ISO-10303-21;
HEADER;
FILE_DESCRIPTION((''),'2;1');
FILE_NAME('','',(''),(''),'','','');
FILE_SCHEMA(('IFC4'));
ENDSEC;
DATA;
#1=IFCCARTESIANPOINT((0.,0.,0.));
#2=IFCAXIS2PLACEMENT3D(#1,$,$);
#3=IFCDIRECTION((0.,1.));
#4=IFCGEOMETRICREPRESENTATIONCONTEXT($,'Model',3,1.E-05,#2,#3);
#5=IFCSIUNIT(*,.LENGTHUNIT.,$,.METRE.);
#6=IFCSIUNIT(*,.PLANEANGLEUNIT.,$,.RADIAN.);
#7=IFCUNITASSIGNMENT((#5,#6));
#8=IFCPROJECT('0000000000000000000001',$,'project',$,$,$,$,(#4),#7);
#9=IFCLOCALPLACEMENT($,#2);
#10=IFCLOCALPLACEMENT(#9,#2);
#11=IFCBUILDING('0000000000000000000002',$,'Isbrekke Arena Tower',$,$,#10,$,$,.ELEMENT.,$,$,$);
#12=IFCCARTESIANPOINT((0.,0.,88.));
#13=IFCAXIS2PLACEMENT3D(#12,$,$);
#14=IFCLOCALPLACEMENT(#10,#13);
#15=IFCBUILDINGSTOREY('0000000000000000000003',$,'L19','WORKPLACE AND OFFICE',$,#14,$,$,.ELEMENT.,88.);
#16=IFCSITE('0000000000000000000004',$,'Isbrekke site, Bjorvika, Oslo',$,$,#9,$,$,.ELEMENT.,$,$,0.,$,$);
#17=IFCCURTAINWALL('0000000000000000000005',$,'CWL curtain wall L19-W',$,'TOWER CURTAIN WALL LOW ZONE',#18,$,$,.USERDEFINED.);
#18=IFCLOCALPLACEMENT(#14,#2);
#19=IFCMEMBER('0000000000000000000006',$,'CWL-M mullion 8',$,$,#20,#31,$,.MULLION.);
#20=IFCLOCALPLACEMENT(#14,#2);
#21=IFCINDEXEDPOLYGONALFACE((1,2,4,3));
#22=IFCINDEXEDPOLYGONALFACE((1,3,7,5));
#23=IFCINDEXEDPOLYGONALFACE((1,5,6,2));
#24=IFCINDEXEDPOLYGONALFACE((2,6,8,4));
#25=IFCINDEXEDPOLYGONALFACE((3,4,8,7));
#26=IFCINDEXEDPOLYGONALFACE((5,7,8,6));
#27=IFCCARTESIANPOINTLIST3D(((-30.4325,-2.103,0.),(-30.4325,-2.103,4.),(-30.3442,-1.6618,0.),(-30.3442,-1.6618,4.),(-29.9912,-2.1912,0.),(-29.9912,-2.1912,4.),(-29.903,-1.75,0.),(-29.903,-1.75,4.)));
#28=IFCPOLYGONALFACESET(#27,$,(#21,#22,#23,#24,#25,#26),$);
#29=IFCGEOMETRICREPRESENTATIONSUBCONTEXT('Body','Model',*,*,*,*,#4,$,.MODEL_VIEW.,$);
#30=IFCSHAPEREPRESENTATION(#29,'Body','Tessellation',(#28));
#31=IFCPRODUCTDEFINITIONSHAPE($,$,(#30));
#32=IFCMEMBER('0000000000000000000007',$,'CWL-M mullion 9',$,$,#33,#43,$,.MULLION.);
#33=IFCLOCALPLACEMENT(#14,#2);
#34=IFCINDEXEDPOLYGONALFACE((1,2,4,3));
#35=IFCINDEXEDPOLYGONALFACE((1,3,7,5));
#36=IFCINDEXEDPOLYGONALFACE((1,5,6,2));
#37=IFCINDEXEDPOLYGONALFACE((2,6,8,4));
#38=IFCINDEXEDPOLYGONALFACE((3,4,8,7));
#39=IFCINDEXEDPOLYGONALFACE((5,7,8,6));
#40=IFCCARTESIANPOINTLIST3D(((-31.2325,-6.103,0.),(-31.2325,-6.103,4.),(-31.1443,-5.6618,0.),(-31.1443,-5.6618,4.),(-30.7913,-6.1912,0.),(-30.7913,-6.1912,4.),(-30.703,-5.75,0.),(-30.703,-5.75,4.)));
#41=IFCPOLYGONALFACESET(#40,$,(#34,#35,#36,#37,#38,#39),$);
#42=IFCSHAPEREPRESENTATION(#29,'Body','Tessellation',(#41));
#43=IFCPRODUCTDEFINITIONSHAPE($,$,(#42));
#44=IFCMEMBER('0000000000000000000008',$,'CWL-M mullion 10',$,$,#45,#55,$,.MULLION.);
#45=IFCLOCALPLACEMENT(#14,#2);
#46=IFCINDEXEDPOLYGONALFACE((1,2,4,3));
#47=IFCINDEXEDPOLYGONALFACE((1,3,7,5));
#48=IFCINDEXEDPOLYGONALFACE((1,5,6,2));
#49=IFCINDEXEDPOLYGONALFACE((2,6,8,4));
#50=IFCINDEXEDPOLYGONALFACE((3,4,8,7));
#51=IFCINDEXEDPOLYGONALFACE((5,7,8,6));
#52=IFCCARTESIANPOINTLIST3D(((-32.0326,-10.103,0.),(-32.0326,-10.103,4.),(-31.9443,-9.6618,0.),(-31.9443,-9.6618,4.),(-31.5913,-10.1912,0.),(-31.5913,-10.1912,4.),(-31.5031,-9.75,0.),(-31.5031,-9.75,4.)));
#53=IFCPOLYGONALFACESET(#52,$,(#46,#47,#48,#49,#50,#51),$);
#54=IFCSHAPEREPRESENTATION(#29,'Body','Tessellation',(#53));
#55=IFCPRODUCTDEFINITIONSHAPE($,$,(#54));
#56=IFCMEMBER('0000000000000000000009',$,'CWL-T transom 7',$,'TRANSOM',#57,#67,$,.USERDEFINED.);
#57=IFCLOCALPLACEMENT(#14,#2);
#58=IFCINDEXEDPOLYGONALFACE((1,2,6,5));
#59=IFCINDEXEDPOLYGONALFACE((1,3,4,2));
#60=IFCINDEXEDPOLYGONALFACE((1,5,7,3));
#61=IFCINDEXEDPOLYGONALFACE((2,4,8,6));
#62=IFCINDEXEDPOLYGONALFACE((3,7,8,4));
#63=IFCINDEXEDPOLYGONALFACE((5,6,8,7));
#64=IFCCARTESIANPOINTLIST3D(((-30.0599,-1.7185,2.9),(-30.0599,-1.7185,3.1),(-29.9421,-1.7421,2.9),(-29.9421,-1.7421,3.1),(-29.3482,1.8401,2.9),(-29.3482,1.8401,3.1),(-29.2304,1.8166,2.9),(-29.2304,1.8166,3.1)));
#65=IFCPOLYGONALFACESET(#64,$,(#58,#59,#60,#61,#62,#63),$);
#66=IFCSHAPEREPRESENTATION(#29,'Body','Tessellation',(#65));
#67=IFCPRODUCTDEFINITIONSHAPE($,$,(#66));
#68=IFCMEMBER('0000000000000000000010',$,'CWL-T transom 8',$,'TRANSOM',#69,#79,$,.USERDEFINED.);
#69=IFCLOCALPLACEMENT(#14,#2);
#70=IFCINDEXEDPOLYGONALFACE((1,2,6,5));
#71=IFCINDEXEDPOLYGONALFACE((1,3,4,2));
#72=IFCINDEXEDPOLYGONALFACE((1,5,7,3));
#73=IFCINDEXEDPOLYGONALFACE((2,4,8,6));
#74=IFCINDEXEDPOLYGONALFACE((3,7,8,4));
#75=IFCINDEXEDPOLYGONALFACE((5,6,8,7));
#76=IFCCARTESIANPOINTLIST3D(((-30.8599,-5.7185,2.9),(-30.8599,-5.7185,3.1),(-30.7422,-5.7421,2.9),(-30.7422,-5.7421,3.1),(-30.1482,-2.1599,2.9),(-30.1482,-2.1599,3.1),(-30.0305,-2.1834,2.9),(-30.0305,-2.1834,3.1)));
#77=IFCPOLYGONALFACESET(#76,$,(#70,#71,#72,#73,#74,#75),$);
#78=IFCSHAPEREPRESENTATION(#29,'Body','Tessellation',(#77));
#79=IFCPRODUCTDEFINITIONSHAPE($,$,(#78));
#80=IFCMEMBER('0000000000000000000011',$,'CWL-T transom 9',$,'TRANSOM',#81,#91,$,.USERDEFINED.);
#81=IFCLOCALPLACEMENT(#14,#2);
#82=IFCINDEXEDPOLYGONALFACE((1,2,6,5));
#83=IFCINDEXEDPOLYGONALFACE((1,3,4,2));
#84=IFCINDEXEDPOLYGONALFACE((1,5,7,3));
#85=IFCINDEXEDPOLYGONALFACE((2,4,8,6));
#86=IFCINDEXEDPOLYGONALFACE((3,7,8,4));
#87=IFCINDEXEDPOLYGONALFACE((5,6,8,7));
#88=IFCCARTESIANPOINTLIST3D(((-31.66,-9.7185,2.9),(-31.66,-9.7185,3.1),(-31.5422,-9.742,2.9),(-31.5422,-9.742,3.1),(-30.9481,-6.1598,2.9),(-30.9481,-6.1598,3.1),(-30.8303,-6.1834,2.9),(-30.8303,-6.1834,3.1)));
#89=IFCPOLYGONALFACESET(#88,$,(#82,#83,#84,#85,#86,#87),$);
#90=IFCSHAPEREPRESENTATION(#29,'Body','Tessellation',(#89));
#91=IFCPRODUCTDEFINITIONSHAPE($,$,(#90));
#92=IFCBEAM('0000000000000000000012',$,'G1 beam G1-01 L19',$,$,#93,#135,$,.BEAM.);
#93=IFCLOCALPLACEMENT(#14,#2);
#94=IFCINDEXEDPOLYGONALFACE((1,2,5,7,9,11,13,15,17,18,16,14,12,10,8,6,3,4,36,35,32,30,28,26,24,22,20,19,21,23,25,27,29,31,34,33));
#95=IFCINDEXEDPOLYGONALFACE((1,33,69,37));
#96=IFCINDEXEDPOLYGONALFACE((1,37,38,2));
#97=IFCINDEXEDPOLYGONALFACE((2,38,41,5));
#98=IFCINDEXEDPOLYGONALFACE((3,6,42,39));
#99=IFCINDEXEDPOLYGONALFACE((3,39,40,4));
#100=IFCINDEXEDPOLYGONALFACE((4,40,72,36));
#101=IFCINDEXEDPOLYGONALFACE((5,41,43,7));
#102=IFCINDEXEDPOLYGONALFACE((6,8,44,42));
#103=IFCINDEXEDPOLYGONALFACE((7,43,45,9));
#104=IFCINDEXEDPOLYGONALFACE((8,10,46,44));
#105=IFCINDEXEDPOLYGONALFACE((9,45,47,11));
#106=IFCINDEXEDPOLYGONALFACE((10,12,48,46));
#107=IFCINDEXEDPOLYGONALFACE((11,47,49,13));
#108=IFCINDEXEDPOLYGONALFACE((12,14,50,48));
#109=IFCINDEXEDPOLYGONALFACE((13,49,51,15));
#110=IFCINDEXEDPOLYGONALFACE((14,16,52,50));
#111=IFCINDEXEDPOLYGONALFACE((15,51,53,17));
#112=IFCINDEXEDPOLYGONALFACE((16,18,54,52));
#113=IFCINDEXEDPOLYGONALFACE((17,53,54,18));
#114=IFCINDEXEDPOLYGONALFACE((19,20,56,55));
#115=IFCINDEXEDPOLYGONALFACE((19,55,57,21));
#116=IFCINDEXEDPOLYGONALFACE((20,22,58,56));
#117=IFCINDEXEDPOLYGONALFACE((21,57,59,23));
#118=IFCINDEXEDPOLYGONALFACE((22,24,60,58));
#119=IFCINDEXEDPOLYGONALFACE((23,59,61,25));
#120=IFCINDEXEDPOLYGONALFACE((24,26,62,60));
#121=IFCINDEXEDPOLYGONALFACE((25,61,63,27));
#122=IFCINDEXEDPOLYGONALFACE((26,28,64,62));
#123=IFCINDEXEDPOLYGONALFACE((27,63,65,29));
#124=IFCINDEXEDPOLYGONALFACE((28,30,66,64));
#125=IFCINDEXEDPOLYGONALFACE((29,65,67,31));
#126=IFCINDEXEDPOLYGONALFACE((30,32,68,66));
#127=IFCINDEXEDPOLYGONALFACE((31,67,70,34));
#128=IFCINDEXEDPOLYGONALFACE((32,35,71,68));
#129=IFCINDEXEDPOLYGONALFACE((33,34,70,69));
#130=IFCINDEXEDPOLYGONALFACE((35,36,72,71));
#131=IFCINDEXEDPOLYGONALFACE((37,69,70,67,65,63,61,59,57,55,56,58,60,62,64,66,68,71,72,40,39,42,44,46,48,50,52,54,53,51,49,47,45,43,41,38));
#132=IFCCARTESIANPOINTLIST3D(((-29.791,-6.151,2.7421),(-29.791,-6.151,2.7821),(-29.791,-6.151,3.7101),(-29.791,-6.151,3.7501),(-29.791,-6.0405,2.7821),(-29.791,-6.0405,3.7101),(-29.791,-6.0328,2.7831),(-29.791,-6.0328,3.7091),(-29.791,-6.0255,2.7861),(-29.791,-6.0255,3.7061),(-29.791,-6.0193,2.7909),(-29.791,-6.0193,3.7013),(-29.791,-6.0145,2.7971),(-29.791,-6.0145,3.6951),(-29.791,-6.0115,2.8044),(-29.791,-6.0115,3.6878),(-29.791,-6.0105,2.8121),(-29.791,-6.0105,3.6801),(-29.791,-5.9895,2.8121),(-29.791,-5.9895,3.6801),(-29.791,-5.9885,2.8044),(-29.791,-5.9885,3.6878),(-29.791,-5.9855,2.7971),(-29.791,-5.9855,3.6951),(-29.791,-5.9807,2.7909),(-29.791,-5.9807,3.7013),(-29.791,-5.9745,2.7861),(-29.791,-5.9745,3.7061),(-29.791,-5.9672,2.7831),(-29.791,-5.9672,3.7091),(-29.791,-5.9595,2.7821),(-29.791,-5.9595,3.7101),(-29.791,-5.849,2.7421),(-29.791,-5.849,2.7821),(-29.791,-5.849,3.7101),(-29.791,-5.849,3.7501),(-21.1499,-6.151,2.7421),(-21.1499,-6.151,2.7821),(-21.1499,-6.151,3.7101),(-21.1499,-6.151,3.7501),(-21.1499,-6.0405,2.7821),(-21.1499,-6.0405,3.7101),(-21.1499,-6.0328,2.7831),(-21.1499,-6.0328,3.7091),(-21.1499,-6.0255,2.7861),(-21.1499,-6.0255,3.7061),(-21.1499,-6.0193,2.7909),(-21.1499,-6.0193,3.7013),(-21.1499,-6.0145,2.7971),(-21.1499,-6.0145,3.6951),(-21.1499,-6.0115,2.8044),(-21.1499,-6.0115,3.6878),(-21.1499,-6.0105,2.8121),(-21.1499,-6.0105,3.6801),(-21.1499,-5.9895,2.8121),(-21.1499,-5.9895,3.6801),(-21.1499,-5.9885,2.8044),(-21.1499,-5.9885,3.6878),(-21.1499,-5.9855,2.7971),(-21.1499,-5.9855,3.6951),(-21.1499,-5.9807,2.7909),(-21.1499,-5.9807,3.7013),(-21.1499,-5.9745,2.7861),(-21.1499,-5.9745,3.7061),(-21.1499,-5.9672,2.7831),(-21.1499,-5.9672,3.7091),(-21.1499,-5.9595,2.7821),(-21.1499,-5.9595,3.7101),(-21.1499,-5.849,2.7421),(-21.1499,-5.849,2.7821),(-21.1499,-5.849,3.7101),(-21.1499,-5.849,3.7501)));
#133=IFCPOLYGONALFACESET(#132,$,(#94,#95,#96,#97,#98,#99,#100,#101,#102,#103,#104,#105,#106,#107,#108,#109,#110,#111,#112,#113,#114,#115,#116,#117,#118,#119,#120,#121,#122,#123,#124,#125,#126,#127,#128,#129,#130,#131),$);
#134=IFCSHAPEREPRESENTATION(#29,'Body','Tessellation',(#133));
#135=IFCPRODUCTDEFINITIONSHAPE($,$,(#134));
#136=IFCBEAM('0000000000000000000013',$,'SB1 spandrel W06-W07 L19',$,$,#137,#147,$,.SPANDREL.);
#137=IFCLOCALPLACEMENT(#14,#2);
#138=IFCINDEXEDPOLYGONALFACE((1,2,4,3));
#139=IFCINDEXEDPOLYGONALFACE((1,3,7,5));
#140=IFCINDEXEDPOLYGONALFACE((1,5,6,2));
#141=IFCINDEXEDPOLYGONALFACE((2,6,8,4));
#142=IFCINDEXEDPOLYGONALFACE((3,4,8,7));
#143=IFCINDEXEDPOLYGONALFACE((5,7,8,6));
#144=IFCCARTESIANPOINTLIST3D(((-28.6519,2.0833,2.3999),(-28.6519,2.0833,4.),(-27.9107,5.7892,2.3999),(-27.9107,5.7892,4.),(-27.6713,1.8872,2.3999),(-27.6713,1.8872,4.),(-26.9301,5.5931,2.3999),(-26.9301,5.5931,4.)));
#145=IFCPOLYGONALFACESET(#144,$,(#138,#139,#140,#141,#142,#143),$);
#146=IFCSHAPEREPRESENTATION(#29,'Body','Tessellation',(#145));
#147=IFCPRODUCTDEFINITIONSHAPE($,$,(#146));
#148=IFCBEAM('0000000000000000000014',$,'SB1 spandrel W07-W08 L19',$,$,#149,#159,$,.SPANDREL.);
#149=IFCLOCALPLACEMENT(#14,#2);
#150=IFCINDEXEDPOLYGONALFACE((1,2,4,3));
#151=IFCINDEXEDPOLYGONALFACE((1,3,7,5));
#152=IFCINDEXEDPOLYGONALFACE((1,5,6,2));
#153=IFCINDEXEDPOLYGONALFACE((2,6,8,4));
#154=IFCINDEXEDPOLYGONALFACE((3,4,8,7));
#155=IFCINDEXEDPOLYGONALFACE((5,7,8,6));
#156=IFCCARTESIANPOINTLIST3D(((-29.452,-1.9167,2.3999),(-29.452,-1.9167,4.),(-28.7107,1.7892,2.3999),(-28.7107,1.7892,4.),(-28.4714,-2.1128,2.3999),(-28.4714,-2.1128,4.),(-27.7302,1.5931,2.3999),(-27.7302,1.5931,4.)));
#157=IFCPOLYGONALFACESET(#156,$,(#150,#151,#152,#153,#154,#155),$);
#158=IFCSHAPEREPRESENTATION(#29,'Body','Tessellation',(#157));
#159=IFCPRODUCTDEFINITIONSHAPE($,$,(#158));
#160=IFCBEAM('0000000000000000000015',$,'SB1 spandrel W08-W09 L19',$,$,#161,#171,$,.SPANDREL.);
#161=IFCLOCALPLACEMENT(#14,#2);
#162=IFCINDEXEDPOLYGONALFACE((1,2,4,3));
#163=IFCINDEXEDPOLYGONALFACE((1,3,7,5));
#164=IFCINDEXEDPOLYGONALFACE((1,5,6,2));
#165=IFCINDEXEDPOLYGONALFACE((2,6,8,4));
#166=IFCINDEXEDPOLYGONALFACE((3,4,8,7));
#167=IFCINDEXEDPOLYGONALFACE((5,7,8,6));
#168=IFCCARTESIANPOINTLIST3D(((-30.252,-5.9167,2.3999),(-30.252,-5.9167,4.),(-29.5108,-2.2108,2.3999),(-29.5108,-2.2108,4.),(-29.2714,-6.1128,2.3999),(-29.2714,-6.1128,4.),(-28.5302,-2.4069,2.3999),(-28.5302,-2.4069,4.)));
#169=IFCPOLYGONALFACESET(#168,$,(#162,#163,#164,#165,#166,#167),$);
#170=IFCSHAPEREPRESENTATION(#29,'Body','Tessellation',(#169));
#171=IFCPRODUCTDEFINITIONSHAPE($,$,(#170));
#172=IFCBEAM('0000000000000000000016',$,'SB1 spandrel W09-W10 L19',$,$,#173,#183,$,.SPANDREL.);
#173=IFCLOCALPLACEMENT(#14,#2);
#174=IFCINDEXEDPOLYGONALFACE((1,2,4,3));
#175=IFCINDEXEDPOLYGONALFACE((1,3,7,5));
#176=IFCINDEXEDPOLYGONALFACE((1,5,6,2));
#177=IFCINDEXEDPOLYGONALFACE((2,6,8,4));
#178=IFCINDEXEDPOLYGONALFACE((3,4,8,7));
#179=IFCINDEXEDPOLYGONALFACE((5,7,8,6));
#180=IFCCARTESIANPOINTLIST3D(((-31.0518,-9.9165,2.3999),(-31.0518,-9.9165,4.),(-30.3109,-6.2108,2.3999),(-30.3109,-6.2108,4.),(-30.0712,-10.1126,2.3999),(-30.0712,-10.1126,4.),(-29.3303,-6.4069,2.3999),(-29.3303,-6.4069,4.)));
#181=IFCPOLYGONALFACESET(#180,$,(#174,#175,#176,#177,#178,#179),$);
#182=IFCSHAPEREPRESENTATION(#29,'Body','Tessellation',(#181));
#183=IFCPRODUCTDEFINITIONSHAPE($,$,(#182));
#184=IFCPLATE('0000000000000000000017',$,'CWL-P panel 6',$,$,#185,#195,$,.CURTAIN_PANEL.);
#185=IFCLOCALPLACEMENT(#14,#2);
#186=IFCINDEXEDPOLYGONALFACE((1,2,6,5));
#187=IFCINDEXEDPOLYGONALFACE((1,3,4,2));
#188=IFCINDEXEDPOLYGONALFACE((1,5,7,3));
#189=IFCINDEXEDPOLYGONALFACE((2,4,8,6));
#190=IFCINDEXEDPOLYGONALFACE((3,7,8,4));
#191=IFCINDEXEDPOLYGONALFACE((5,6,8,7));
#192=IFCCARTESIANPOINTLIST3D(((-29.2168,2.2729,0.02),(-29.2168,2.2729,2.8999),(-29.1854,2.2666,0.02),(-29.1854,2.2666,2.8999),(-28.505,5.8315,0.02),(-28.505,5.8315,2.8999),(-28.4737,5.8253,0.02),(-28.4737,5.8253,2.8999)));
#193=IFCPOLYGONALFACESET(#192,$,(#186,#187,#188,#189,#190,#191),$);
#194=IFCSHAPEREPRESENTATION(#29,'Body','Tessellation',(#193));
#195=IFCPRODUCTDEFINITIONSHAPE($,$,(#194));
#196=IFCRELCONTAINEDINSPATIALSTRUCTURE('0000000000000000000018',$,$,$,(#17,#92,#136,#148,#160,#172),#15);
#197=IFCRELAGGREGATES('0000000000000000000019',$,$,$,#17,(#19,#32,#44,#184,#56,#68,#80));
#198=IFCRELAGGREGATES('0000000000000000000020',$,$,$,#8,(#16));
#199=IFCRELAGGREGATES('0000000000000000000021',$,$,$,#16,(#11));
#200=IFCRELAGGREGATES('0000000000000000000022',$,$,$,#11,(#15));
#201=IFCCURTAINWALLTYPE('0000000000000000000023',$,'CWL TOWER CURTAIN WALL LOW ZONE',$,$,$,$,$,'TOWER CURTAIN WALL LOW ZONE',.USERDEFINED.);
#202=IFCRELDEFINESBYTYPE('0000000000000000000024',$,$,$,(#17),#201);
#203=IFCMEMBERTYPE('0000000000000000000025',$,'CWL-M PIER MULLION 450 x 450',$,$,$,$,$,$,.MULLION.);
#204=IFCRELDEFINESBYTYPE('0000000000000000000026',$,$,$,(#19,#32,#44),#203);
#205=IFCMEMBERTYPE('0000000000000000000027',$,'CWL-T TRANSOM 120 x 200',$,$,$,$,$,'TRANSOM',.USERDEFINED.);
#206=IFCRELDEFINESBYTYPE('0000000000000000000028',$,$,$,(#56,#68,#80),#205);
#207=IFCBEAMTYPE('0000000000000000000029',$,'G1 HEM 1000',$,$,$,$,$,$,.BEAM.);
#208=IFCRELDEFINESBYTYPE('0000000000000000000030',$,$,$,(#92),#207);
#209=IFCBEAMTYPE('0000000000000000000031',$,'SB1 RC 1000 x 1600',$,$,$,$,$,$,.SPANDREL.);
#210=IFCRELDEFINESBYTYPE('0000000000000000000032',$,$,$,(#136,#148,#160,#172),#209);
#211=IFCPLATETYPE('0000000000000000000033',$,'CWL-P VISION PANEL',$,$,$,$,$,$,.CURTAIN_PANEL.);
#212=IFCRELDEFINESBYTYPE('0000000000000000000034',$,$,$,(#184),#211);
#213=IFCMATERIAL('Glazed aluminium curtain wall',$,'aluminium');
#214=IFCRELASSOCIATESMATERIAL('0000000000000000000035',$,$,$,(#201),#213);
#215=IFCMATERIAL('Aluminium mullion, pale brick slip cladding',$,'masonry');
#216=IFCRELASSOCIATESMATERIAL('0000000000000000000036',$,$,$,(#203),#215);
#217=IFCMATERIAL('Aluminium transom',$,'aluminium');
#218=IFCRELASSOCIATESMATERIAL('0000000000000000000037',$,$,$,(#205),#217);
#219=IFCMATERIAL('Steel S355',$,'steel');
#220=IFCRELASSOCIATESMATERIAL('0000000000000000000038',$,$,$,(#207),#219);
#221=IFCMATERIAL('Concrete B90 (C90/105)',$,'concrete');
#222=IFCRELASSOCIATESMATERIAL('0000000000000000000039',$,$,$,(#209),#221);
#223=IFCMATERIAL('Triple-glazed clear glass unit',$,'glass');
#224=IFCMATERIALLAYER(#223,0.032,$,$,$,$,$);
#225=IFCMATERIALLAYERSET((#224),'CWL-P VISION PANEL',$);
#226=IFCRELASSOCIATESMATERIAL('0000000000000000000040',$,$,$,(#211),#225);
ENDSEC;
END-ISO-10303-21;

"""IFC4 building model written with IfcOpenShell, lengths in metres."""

from ifc_helpers import new_model, si_unit, direction, frame, origin, origin_2d, place, context, subcontext, project, spatial, rectangle, i_section, extrude, material, layer, layer_set, material_profile, profile_set, type_object, element, aggregate, save


model = new_model("IFC4")

# Units and contexts
model_context = context("Model", 3, precision=1e-05, world=origin(), true_north=direction((0.0, 1.0)))
body_context = subcontext(model_context, "Body", "Model", "MODEL_VIEW")
ifc_project = project(units=[si_unit("LENGTHUNIT", "METRE"), si_unit("PLANEANGLEUNIT", "RADIAN")], contexts=[model_context])

# Site, building, storey
site_placement = place(None, origin())
site = spatial("IfcSite", under=ifc_project, at=site_placement, Name="Isbrekke site, Bjorvika, Oslo", CompositionType="ELEMENT", RefElevation=0.0)
building_placement = place(site_placement, origin())
building = spatial("IfcBuilding", under=site, at=building_placement, Name="Isbrekke Arena Tower", CompositionType="ELEMENT")
storey_placement = place(building_placement, frame((0.0, 0.0, 88.0)))
storey = spatial("IfcBuildingStorey", under=building, at=storey_placement, Name="L19", Description="WORKPLACE AND OFFICE", CompositionType="ELEMENT", Elevation=88.0)

# Curtain wall, members
ifc_material_1 = material(Name="Glazed aluminium curtain wall", Category="aluminium")
curtain_wall_type = type_object("IfcCurtainWallType", Name="CWL TOWER CURTAIN WALL LOW ZONE", ElementType="TOWER CURTAIN WALL LOW ZONE", PredefinedType="USERDEFINED", material=ifc_material_1)
curtain_wall_placement = place(storey_placement, origin())
curtain_wall = element("IfcCurtainWall", 1, at=curtain_wall_placement, inside=storey, type_object=curtain_wall_type, Name="CWL curtain wall L19-W", ObjectType="TOWER CURTAIN WALL LOW ZONE", PredefinedType="USERDEFINED")
ifc_material_2 = material(Name="Aluminium mullion, pale brick slip cladding", Category="masonry")
ifc_material_profile_1 = material_profile(ifc_material_2, rectangle(XDim=0.45, YDim=0.45, at=origin_2d()), Name="PIER 450X450")
ifc_profile_set_1 = profile_set([ifc_material_profile_1], Name="Aluminium mullion, pale brick slip cladding")
member_type_1 = type_object("IfcMemberType", Name="CWL-M PIER MULLION 450 x 450", PredefinedType="MULLION", material=ifc_profile_set_1)
member_1_placement = place(storey_placement, frame((-30.1677, -1.9265, 0.0), z_axis=(0.0, 0.0, 1.0), x_axis=(-0.196116, -0.980581, 0.0)))
member_1 = element("IfcMember", 2, at=member_1_placement, type_object=member_type_1, Name="CWL-M mullion 8", PredefinedType="MULLION", context=body_context, shape_type="SweptSolid", body=[
    extrude(rectangle(XDim=0.45, YDim=0.45, at=origin_2d()), origin(), (0.0, 0.0, 1.0), 4.0),
])
member_2_placement = place(storey_placement, frame((-30.9678, -5.9265, 0.0), z_axis=(0.0, 0.0, 1.0), x_axis=(-0.196116, -0.980581, 0.0)))
member_2 = element("IfcMember", 3, at=member_2_placement, type_object=member_type_1, Name="CWL-M mullion 9", PredefinedType="MULLION", context=body_context, shape_type="SweptSolid", body=[
    extrude(rectangle(XDim=0.45, YDim=0.45, at=origin_2d()), origin(), (0.0, 0.0, 1.0), 4.0),
])
member_3_placement = place(storey_placement, frame((-31.7678, -9.9265, 0.0), z_axis=(0.0, 0.0, 1.0), x_axis=(-0.196116, -0.980581, 0.0)))
member_3 = element("IfcMember", 4, at=member_3_placement, type_object=member_type_1, Name="CWL-M mullion 10", PredefinedType="MULLION", context=body_context, shape_type="SweptSolid", body=[
    extrude(rectangle(XDim=0.45, YDim=0.45, at=origin_2d()), origin(), (0.0, 0.0, 1.0), 4.0),
])
ifc_material_3 = material(Name="Aluminium transom", Category="aluminium")
ifc_material_profile_2 = material_profile(ifc_material_3, rectangle(XDim=0.1201, YDim=0.2, at=origin_2d()), Name="TRANSOM 120X200")
ifc_profile_set_2 = profile_set([ifc_material_profile_2], Name="Aluminium transom")
member_type_2 = type_object("IfcMemberType", Name="CWL-T TRANSOM 120 x 200", ElementType="TRANSOM", PredefinedType="USERDEFINED", material=ifc_profile_set_2)
member_4_placement = place(storey_placement, frame((-29.2893, 1.8284, 3.0), z_axis=(-0.196103, -0.980583, 0.0), x_axis=(0.980583, -0.196103, 0.0)))
member_4 = element("IfcMember", 5, at=member_4_placement, type_object=member_type_2, Name="CWL-T transom 7", ObjectType="TRANSOM", PredefinedType="USERDEFINED", context=body_context, shape_type="SweptSolid", body=[
    extrude(rectangle(XDim=0.1201, YDim=0.2, at=origin_2d()), origin(), (0.0, 0.0, 1.0), 3.6292),
])
member_5_placement = place(storey_placement, frame((-30.0894, -2.1716, 3.0), z_axis=(-0.196103, -0.980583, 0.0), x_axis=(0.980583, -0.196103, 0.0)))
member_5 = element("IfcMember", 6, at=member_5_placement, type_object=member_type_2, Name="CWL-T transom 8", ObjectType="TRANSOM", PredefinedType="USERDEFINED", context=body_context, shape_type="SweptSolid", body=[
    extrude(rectangle(XDim=0.1201, YDim=0.2, at=origin_2d()), origin(), (0.0, 0.0, 1.0), 3.6292),
])
member_6_placement = place(storey_placement, frame((-30.8892, -6.1716, 3.0), z_axis=(-0.196168, -0.98057, 0.0), x_axis=(0.98057, -0.196168, 0.0)))
member_6 = element("IfcMember", 7, at=member_6_placement, type_object=member_type_2, Name="CWL-T transom 9", ObjectType="TRANSOM", PredefinedType="USERDEFINED", context=body_context, shape_type="SweptSolid", body=[
    extrude(rectangle(XDim=0.1201, YDim=0.2, at=origin_2d()), origin(), (0.0, 0.0, 1.0), 3.6292),
])

# Beams
ifc_material_4 = material(Name="Steel S355", Category="steel")
ifc_material_profile_3 = material_profile(ifc_material_4, i_section(OverallWidth=0.302, OverallDepth=1.0081, WebThickness=0.021, FlangeThickness=0.04, FilletRadius=0.03, at=origin_2d()), Name="HEM 1000")
ifc_profile_set_3 = profile_set([ifc_material_profile_3], Name="Steel S355")
beam_type_1 = type_object("IfcBeamType", Name="G1 HEM 1000", PredefinedType="BEAM", material=ifc_profile_set_3)
beam_1_placement = place(storey_placement, frame((-29.791, -6.0, 3.2461), z_axis=(1.0, 0.0, 0.0), x_axis=(0.0, 1.0, 0.0)))
element("IfcBeam", 8, at=beam_1_placement, inside=storey, type_object=beam_type_1, Name="G1 beam G1-01 L19", PredefinedType="BEAM", context=body_context, shape_type="SweptSolid", body=[
    extrude(i_section(OverallWidth=0.302, OverallDepth=1.0081, WebThickness=0.021, FlangeThickness=0.04, FilletRadius=0.03, at=origin_2d()), origin(), (0.0, 0.0, 1.0), 8.6411),
])
ifc_material_5 = material(Name="Concrete B90 (C90/105)", Category="concrete")
ifc_material_profile_4 = material_profile(ifc_material_5, rectangle(XDim=1.0, YDim=1.6001, at=origin_2d()), Name="RC 1000x1600")
ifc_profile_set_4 = profile_set([ifc_material_profile_4], Name="Concrete B90 (C90/105)")
beam_type_2 = type_object("IfcBeamType", Name="SB1 RC 1000 x 1600", PredefinedType="SPANDREL", material=ifc_profile_set_4)
for number, where, z_axis, x_axis, name in (
    (9, (-27.4204, 5.6912, 3.2), (-0.196129, -0.980578, 0.0), (0.980578, -0.196129, 0.0), "SB1 spandrel W06-W07 L19"),
    (10, (-28.2205, 1.6912, 3.2), (-0.196129, -0.980578, 0.0), (0.980578, -0.196129, 0.0), "SB1 spandrel W07-W08 L19"),
    (11, (-29.0205, -2.3088, 3.2), (-0.196129, -0.980578, 0.0), (0.980578, -0.196129, 0.0), "SB1 spandrel W08-W09 L19"),
):
    element("IfcBeam", number, at=place(storey_placement, frame(where, z_axis=z_axis, x_axis=x_axis)), inside=storey, type_object=beam_type_2, Name=name, PredefinedType="SPANDREL", context=body_context, shape_type="SweptSolid", body=[
        extrude(rectangle(XDim=1.0, YDim=1.6001, at=origin_2d()), origin(), (0.0, 0.0, 1.0), 3.7793),
    ])
beam_2_placement = place(storey_placement, frame((-29.8206, -6.3088, 3.2), z_axis=(-0.196066, -0.980591, 0.0), x_axis=(0.980591, -0.196066, 0.0)))
element("IfcBeam", 12, at=beam_2_placement, inside=storey, type_object=beam_type_2, Name="SB1 spandrel W09-W10 L19", PredefinedType="SPANDREL", context=body_context, shape_type="SweptSolid", body=[
    extrude(rectangle(XDim=1.0, YDim=1.6001, at=origin_2d()), origin(), (0.0, 0.0, 1.0), 3.7791),
])

# Plate
ifc_material_6 = material(Name="Triple-glazed clear glass unit", Category="glass")
ifc_layer_1 = layer(ifc_material_6, 0.032)
ifc_layer_set_1 = layer_set([ifc_layer_1], Name="CWL-P VISION PANEL")
plate_type = type_object("IfcPlateType", Name="CWL-P VISION PANEL", PredefinedType="CURTAIN_PANEL", material=ifc_layer_set_1)
plate_1_placement = place(storey_placement, frame((-28.8452, 4.0491, 0.02), z_axis=(0.0, 0.0, 1.0), x_axis=(-0.196116, -0.980581, 0.0)))
plate_1 = element("IfcPlate", 13, at=plate_1_placement, type_object=plate_type, Name="CWL-P panel 6", PredefinedType="CURTAIN_PANEL", context=body_context, shape_type="SweptSolid", body=[
    extrude(rectangle(XDim=3.6292, YDim=0.032, at=origin_2d()), origin(), (0.0, 0.0, 1.0), 2.8799),
])
aggregate(curtain_wall, [member_1, member_2, member_3, plate_1, member_4, member_5, member_6])

save(model, "model.ifc")
